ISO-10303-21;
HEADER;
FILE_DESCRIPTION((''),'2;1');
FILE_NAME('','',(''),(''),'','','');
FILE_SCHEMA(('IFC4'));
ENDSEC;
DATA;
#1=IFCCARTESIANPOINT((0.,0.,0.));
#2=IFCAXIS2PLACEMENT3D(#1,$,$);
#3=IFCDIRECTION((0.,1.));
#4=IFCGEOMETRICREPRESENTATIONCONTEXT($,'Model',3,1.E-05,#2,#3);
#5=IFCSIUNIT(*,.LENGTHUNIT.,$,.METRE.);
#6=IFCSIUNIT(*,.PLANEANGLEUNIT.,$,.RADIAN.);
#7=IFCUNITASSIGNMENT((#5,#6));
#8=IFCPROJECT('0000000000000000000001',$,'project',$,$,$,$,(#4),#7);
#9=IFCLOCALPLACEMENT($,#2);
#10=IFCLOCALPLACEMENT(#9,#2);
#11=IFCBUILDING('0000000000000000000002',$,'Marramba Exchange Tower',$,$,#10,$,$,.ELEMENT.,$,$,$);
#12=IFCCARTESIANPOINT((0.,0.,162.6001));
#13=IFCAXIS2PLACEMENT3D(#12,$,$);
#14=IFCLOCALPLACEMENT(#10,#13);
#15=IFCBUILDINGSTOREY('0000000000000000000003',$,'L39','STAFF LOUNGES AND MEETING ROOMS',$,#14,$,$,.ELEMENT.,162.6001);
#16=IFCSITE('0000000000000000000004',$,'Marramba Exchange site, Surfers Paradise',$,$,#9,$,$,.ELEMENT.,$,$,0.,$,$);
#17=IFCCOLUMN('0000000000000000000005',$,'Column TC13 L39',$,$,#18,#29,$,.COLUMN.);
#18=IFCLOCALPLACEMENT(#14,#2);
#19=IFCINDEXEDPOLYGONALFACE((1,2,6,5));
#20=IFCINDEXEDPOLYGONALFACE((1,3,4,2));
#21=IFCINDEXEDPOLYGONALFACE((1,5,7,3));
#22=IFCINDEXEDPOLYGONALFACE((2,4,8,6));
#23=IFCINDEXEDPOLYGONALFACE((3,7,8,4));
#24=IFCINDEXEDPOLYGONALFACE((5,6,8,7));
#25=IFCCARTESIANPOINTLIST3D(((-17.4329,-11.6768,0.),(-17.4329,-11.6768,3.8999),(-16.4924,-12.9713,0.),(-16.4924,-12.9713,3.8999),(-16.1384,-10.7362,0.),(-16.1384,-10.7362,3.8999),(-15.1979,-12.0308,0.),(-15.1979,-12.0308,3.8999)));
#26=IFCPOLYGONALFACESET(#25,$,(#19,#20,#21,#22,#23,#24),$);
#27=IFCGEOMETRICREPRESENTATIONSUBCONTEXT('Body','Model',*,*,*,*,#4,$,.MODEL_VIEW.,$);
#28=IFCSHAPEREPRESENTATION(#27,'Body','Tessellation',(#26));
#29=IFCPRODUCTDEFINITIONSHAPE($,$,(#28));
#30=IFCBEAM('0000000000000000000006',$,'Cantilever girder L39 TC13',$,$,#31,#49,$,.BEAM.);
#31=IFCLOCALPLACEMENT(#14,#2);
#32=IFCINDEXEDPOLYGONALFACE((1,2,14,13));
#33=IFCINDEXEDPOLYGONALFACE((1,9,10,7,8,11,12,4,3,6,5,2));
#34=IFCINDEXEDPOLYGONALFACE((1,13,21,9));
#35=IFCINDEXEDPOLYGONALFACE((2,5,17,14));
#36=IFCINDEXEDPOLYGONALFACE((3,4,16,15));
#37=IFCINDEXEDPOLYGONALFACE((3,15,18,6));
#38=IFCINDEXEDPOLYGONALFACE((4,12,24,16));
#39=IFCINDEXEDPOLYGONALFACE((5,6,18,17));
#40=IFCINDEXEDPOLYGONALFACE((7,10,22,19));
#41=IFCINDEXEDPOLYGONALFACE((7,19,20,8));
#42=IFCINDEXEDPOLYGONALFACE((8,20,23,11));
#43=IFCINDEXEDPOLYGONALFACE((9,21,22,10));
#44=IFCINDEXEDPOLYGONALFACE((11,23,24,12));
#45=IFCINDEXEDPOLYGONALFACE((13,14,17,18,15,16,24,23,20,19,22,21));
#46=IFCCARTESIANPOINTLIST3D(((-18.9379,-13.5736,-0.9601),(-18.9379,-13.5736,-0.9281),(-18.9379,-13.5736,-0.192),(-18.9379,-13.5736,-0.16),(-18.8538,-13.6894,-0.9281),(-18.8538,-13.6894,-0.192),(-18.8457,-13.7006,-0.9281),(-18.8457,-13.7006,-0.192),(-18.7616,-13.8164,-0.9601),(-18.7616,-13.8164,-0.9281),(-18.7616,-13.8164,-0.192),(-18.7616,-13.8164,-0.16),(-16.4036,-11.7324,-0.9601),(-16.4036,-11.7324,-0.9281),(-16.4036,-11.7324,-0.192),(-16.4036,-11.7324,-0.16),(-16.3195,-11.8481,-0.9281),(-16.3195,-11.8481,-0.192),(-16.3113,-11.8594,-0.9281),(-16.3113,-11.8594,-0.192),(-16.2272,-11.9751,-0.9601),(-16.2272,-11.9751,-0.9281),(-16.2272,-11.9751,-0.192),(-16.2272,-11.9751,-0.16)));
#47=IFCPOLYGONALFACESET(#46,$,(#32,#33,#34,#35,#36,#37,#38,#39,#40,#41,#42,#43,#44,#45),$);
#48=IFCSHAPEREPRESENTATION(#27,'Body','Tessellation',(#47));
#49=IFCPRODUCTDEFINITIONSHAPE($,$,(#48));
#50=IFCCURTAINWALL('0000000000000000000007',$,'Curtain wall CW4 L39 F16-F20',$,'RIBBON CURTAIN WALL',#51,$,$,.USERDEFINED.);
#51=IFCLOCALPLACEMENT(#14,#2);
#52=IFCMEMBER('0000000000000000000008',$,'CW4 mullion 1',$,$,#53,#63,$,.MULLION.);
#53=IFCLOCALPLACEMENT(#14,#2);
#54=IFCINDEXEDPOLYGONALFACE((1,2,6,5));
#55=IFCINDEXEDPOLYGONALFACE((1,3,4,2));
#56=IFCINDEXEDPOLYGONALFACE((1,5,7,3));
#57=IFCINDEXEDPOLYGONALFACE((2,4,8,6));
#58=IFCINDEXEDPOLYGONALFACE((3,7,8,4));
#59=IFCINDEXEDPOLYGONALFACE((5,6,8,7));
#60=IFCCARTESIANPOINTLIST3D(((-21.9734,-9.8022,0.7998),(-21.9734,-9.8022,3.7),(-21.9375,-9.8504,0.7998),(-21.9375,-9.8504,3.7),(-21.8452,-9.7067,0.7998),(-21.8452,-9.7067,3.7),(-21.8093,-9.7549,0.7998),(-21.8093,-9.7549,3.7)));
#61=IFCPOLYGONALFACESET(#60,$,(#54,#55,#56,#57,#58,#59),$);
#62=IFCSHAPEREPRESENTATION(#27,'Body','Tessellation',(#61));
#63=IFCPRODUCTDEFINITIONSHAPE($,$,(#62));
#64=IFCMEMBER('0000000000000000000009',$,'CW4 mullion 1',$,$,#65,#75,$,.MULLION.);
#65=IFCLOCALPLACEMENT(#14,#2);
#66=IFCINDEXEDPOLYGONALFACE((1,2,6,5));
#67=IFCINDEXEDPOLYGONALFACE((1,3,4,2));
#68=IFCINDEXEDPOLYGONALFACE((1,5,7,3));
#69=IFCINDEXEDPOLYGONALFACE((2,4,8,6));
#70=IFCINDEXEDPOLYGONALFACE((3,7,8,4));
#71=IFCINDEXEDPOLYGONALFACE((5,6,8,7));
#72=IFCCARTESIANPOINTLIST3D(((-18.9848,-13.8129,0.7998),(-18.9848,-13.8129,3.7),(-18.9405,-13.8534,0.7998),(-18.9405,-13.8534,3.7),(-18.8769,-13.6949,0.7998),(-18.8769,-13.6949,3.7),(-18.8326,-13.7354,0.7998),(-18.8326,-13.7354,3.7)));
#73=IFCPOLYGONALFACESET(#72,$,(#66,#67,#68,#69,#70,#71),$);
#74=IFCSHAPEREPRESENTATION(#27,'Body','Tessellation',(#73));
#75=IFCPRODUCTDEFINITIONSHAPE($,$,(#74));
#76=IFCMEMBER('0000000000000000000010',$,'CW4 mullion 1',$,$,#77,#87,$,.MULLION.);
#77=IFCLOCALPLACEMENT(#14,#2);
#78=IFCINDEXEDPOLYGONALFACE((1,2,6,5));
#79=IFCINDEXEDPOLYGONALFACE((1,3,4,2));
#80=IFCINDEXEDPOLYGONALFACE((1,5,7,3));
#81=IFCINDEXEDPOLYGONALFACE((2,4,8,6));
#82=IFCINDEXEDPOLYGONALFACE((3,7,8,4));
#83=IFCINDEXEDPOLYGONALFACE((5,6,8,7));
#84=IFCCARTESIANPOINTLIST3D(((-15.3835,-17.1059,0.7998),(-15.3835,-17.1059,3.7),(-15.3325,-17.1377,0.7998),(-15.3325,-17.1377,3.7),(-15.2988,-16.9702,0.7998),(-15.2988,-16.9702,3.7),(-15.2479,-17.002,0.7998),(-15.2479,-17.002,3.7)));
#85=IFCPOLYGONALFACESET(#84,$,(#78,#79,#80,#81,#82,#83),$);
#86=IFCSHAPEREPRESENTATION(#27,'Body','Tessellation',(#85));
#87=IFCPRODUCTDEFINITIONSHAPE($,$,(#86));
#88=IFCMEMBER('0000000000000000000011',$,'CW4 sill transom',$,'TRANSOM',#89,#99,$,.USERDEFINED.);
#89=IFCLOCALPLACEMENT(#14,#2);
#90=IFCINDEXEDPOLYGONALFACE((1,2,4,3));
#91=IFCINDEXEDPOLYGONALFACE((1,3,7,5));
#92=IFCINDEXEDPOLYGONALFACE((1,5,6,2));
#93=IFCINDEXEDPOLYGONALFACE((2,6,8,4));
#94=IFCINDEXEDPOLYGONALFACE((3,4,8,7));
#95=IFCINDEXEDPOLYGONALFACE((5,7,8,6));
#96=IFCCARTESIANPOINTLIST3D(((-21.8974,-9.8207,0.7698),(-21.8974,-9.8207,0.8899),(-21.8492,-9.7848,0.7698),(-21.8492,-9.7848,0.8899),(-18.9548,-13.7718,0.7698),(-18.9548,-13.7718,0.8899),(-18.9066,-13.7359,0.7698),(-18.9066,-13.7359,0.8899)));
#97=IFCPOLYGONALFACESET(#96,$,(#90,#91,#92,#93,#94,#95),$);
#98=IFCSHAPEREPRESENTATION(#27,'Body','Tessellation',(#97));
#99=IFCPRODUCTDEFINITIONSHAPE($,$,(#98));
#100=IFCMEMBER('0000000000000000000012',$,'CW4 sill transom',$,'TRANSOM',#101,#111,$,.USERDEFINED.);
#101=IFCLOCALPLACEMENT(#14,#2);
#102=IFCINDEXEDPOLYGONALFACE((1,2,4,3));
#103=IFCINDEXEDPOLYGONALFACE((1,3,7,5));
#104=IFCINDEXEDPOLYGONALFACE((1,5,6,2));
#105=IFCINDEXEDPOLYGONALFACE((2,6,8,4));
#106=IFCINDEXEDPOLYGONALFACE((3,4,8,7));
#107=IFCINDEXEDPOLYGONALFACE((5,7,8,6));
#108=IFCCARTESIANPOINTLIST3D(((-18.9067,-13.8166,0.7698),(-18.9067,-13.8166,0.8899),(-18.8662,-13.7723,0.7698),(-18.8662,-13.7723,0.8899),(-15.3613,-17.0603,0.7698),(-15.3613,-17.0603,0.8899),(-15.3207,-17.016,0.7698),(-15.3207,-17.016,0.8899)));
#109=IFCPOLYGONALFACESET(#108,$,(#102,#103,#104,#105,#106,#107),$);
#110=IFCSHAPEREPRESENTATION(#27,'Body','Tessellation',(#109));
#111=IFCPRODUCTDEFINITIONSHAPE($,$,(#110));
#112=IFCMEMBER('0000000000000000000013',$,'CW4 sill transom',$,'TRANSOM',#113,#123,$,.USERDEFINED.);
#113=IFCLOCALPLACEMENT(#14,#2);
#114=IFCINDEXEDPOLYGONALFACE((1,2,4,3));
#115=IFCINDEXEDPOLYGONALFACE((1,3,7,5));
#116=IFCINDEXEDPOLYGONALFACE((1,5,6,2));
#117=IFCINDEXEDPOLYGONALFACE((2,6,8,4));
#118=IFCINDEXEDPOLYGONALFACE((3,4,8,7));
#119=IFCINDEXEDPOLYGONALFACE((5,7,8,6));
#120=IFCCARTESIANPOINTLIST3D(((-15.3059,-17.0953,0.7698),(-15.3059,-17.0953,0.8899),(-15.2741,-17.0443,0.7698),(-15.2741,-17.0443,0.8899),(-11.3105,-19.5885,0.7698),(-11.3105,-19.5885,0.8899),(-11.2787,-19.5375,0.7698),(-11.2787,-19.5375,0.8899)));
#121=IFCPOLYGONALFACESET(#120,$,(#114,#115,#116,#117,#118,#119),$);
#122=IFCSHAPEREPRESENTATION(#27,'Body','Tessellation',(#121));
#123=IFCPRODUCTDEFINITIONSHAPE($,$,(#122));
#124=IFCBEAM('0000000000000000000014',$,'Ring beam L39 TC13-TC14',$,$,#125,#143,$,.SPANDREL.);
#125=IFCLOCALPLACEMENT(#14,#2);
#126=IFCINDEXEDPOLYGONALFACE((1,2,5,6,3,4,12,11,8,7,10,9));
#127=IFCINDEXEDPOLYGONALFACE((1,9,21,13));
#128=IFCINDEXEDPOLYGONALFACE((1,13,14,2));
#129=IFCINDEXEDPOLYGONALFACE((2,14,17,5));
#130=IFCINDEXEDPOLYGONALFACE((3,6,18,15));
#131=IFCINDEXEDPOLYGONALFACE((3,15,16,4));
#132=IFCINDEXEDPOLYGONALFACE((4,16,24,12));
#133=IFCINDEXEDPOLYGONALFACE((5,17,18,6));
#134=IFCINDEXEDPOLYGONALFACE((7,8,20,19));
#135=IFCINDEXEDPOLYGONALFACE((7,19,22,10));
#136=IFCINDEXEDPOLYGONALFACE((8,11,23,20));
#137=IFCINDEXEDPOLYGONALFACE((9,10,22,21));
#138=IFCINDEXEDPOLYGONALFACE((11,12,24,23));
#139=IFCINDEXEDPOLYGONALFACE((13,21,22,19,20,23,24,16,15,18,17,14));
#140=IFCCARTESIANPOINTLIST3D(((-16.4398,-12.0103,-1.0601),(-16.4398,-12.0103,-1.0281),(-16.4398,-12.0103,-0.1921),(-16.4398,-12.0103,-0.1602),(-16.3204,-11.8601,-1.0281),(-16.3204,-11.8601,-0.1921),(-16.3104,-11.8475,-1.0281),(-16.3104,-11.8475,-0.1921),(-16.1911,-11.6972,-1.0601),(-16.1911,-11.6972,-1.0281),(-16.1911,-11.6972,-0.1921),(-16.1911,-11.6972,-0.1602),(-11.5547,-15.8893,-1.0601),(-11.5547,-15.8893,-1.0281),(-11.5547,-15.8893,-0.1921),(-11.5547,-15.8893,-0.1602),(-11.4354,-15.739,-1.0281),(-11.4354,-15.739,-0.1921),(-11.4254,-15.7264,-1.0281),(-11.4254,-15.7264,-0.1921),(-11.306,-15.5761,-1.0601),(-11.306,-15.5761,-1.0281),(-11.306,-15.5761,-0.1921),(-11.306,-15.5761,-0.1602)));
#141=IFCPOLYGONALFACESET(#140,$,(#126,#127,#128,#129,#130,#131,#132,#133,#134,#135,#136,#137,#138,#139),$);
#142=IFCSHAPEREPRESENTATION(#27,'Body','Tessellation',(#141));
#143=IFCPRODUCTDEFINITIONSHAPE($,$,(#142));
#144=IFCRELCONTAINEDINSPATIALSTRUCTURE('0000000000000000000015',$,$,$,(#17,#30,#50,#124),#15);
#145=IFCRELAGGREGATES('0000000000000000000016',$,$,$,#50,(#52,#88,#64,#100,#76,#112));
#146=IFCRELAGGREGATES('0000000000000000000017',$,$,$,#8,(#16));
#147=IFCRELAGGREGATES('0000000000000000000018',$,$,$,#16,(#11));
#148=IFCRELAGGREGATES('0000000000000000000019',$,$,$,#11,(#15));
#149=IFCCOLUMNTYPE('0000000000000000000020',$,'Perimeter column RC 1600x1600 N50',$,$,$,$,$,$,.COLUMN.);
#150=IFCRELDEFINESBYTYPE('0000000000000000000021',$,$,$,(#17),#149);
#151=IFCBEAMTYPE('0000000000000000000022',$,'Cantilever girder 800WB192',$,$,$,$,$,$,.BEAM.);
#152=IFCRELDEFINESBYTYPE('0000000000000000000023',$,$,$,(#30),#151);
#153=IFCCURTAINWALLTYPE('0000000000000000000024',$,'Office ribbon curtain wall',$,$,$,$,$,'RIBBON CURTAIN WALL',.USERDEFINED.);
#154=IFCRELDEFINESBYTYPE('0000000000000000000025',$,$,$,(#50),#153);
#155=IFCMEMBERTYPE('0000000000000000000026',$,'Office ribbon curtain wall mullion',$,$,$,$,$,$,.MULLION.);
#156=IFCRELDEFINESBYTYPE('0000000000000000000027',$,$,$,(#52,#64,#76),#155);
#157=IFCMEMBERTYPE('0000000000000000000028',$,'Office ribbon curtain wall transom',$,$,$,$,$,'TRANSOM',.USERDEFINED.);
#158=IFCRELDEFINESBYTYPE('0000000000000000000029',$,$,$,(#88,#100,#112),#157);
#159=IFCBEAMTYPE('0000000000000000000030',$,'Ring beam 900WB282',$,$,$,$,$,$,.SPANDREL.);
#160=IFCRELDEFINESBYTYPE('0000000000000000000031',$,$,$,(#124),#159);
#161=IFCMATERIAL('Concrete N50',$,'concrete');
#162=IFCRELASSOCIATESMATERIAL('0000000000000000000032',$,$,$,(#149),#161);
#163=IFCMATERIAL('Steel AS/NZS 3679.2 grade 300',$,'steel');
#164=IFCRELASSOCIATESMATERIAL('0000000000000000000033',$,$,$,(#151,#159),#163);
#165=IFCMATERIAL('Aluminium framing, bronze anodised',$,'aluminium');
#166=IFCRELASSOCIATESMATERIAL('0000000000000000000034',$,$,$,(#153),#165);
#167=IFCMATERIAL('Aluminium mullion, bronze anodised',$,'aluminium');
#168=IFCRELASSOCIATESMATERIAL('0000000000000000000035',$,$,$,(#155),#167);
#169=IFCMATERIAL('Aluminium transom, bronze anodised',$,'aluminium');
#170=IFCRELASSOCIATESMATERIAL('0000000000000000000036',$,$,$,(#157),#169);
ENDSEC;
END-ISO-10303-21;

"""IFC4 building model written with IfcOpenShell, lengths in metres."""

from ifc_helpers import new_model, si_unit, direction, frame, origin, origin_2d, place, context, subcontext, project, spatial, rectangle, i_section, extrude, material, material_profile, profile_set, type_object, element, aggregate, save


model = new_model("IFC4")

# Units and contexts
model_context = context("Model", 3, precision=1e-05, world=origin(), true_north=direction((0.0, 1.0)))
body_context = subcontext(model_context, "Body", "Model", "MODEL_VIEW")
ifc_project = project(units=[si_unit("LENGTHUNIT", "METRE"), si_unit("PLANEANGLEUNIT", "RADIAN")], contexts=[model_context])

# Site, building, storey
site_placement = place(None, origin())
site = spatial("IfcSite", under=ifc_project, at=site_placement, Name="Marramba Exchange site, Surfers Paradise", CompositionType="ELEMENT", RefElevation=0.0)
building_placement = place(site_placement, origin())
building = spatial("IfcBuilding", under=site, at=building_placement, Name="Marramba Exchange Tower", CompositionType="ELEMENT")
storey_placement = place(building_placement, frame((0.0, 0.0, 162.6001)))
storey = spatial("IfcBuildingStorey", under=building, at=storey_placement, Name="L39", Description="STAFF LOUNGES AND MEETING ROOMS", CompositionType="ELEMENT", Elevation=162.6001)

# Column
ifc_material_1 = material(Name="Concrete N50", Category="concrete")
ifc_material_profile_1 = material_profile(ifc_material_1, rectangle(XDim=1.6001, YDim=1.6001, at=origin_2d()), Name="RC 1600x1600")
ifc_profile_set_1 = profile_set([ifc_material_profile_1], Name="Concrete N50")
column_type = type_object("IfcColumnType", Name="Perimeter column RC 1600x1600 N50", PredefinedType="COLUMN", material=ifc_profile_set_1)
column_placement = place(storey_placement, frame((-16.3154, -11.8538, 0.0), z_axis=(0.0, 0.0, 1.0), x_axis=(-0.809017, -0.587785, 0.0)))
element("IfcColumn", 1, at=column_placement, inside=storey, type_object=column_type, Name="Column TC13 L39", PredefinedType="COLUMN", context=body_context, shape_type="SweptSolid", body=[
    extrude(rectangle(XDim=1.6001, YDim=1.6001, at=origin_2d()), origin(), (0.0, 0.0, 1.0), 3.8999),
])

# Beam
ifc_material_2 = material(Name="Steel AS/NZS 3679.2 grade 300", Category="steel")
ifc_material_profile_2 = material_profile(ifc_material_2, i_section(OverallWidth=0.3, OverallDepth=0.8, WebThickness=0.0139, FlangeThickness=0.032, at=origin_2d()), Name="800WB192")
ifc_profile_set_2 = profile_set([ifc_material_profile_2], Name="Steel AS/NZS 3679.2 grade 300")
beam_type_1 = type_object("IfcBeamType", Name="Cantilever girder 800WB192", PredefinedType="BEAM", material=ifc_profile_set_2)
beam_1_placement = place(storey_placement, frame((-16.3154, -11.8538, -0.5601), z_axis=(-0.809026, -0.587773, 0.0), x_axis=(0.587773, -0.809026, 0.0)))
element("IfcBeam", 2, at=beam_1_placement, inside=storey, type_object=beam_type_1, Name="Cantilever girder L39 TC13", PredefinedType="BEAM", context=body_context, shape_type="SweptSolid", body=[
    extrude(i_section(OverallWidth=0.3, OverallDepth=0.8, WebThickness=0.0139, FlangeThickness=0.032, at=origin_2d()), origin(), (0.0, 0.0, 1.0), 3.1326),
])

# Curtain wall, members
ifc_material_3 = material(Name="Aluminium framing, bronze anodised", Category="aluminium")
curtain_wall_type = type_object("IfcCurtainWallType", Name="Office ribbon curtain wall", ElementType="RIBBON CURTAIN WALL", PredefinedType="USERDEFINED", material=ifc_material_3)
curtain_wall_placement = place(storey_placement, origin())
curtain_wall = element("IfcCurtainWall", 3, at=curtain_wall_placement, inside=storey, type_object=curtain_wall_type, Name="Curtain wall CW4 L39 F16-F20", ObjectType="RIBBON CURTAIN WALL", PredefinedType="USERDEFINED")
ifc_material_4 = material(Name="Aluminium mullion, bronze anodised", Category="aluminium")
ifc_material_profile_3 = material_profile(ifc_material_4, rectangle(XDim=0.1599, YDim=0.0601, at=origin_2d()), Name="CW4 mullion 60x160")
ifc_profile_set_3 = profile_set([ifc_material_profile_3], Name="Aluminium mullion, bronze anodised")
member_type_1 = type_object("IfcMemberType", Name="Office ribbon curtain wall mullion", PredefinedType="MULLION", material=ifc_profile_set_3)
member_1_placement = place(storey_placement, frame((-21.8914, -9.7786, 0.7998), z_axis=(0.0, 0.0, 1.0), x_axis=(0.802014, 0.597305, 0.0)))
member_1 = element("IfcMember", 4, at=member_1_placement, type_object=member_type_1, Name="CW4 mullion 1", PredefinedType="MULLION", context=body_context, shape_type="SweptSolid", body=[
    extrude(rectangle(XDim=0.1599, YDim=0.0601, at=origin_2d()), origin(), (0.0, 0.0, 1.0), 2.9001),
])
member_2_placement = place(storey_placement, frame((-18.9087, -13.7742, 0.7998), z_axis=(0.0, 0.0, 1.0), x_axis=(0.674995, 0.737822, 0.0)))
member_2 = element("IfcMember", 5, at=member_2_placement, type_object=member_type_1, Name="CW4 mullion 1", PredefinedType="MULLION", context=body_context, shape_type="SweptSolid", body=[
    extrude(rectangle(XDim=0.1599, YDim=0.0601, at=origin_2d()), origin(), (0.0, 0.0, 1.0), 2.9001),
])
member_3_placement = place(storey_placement, frame((-15.3157, -17.054, 0.7998), z_axis=(0.0, 0.0, 1.0), x_axis=(0.529428, 0.848355, 0.0)))
member_3 = element("IfcMember", 6, at=member_3_placement, type_object=member_type_1, Name="CW4 mullion 1", PredefinedType="MULLION", context=body_context, shape_type="SweptSolid", body=[
    extrude(rectangle(XDim=0.1599, YDim=0.0601, at=origin_2d()), origin(), (0.0, 0.0, 1.0), 2.9001),
])
ifc_material_5 = material(Name="Aluminium transom, bronze anodised", Category="aluminium")
ifc_material_profile_4 = material_profile(ifc_material_5, rectangle(XDim=0.0601, YDim=0.1201, at=origin_2d()), Name="CW4 transom 60x120")
ifc_profile_set_4 = profile_set([ifc_material_profile_4], Name="Aluminium transom, bronze anodised")
member_type_2 = type_object("IfcMemberType", Name="Office ribbon curtain wall transom", ElementType="TRANSOM", PredefinedType="USERDEFINED", material=ifc_profile_set_4)
member_4_placement = place(storey_placement, frame((-21.8733, -9.8027, 0.8298), z_axis=(0.597301, -0.802017, 0.0), x_axis=(0.802017, 0.597301, 0.0)))
member_4 = element("IfcMember", 7, at=member_4_placement, type_object=member_type_2, Name="CW4 sill transom", ObjectType="TRANSOM", PredefinedType="USERDEFINED", context=body_context, shape_type="SweptSolid", body=[
    extrude(rectangle(XDim=0.0601, YDim=0.1201, at=origin_2d()), origin(), (0.0, 0.0, 1.0), 4.9265),
])
member_5_placement = place(storey_placement, frame((-18.8865, -13.7944, 0.8298), z_axis=(0.737808, -0.675011, 0.0), x_axis=(0.675011, 0.737808, 0.0)))
member_5 = element("IfcMember", 8, at=member_5_placement, type_object=member_type_2, Name="CW4 sill transom", ObjectType="TRANSOM", PredefinedType="USERDEFINED", context=body_context, shape_type="SweptSolid", body=[
    extrude(rectangle(XDim=0.0601, YDim=0.1201, at=origin_2d()), origin(), (0.0, 0.0, 1.0), 4.8054),
])
member_6_placement = place(storey_placement, frame((-15.29, -17.0698, 0.8298), z_axis=(0.848374, -0.529398, 0.0), x_axis=(0.529398, 0.848374, 0.0)))
member_6 = element("IfcMember", 9, at=member_6_placement, type_object=member_type_2, Name="CW4 sill transom", ObjectType="TRANSOM", PredefinedType="USERDEFINED", context=body_context, shape_type="SweptSolid", body=[
    extrude(rectangle(XDim=0.0601, YDim=0.1201, at=origin_2d()), origin(), (0.0, 0.0, 1.0), 4.7095),
])

# Beam
ifc_material_profile_5 = material_profile(ifc_material_2, i_section(OverallWidth=0.3999, OverallDepth=0.8999, WebThickness=0.0161, FlangeThickness=0.032, at=origin_2d()), Name="900WB282")
ifc_profile_set_5 = profile_set([ifc_material_profile_5], Name="Steel AS/NZS 3679.2 grade 300")
beam_type_2 = type_object("IfcBeamType", Name="Ring beam 900WB282", PredefinedType="SPANDREL", material=ifc_profile_set_5)
beam_2_placement = place(storey_placement, frame((-16.3154, -11.8538, -0.6101), z_axis=(0.783139, -0.621846, 0.0), x_axis=(0.621846, 0.783139, 0.0)))
element("IfcBeam", 10, at=beam_2_placement, inside=storey, type_object=beam_type_2, Name="Ring beam L39 TC13-TC14", PredefinedType="SPANDREL", context=body_context, shape_type="SweptSolid", body=[
    extrude(i_section(OverallWidth=0.3999, OverallDepth=0.8999, WebThickness=0.0161, FlangeThickness=0.032, at=origin_2d()), origin(), (0.0, 0.0, 1.0), 6.2378),
])

aggregate(curtain_wall, [member_1, member_4, member_2, member_5, member_3, member_6])

save(model, "model.ifc")
